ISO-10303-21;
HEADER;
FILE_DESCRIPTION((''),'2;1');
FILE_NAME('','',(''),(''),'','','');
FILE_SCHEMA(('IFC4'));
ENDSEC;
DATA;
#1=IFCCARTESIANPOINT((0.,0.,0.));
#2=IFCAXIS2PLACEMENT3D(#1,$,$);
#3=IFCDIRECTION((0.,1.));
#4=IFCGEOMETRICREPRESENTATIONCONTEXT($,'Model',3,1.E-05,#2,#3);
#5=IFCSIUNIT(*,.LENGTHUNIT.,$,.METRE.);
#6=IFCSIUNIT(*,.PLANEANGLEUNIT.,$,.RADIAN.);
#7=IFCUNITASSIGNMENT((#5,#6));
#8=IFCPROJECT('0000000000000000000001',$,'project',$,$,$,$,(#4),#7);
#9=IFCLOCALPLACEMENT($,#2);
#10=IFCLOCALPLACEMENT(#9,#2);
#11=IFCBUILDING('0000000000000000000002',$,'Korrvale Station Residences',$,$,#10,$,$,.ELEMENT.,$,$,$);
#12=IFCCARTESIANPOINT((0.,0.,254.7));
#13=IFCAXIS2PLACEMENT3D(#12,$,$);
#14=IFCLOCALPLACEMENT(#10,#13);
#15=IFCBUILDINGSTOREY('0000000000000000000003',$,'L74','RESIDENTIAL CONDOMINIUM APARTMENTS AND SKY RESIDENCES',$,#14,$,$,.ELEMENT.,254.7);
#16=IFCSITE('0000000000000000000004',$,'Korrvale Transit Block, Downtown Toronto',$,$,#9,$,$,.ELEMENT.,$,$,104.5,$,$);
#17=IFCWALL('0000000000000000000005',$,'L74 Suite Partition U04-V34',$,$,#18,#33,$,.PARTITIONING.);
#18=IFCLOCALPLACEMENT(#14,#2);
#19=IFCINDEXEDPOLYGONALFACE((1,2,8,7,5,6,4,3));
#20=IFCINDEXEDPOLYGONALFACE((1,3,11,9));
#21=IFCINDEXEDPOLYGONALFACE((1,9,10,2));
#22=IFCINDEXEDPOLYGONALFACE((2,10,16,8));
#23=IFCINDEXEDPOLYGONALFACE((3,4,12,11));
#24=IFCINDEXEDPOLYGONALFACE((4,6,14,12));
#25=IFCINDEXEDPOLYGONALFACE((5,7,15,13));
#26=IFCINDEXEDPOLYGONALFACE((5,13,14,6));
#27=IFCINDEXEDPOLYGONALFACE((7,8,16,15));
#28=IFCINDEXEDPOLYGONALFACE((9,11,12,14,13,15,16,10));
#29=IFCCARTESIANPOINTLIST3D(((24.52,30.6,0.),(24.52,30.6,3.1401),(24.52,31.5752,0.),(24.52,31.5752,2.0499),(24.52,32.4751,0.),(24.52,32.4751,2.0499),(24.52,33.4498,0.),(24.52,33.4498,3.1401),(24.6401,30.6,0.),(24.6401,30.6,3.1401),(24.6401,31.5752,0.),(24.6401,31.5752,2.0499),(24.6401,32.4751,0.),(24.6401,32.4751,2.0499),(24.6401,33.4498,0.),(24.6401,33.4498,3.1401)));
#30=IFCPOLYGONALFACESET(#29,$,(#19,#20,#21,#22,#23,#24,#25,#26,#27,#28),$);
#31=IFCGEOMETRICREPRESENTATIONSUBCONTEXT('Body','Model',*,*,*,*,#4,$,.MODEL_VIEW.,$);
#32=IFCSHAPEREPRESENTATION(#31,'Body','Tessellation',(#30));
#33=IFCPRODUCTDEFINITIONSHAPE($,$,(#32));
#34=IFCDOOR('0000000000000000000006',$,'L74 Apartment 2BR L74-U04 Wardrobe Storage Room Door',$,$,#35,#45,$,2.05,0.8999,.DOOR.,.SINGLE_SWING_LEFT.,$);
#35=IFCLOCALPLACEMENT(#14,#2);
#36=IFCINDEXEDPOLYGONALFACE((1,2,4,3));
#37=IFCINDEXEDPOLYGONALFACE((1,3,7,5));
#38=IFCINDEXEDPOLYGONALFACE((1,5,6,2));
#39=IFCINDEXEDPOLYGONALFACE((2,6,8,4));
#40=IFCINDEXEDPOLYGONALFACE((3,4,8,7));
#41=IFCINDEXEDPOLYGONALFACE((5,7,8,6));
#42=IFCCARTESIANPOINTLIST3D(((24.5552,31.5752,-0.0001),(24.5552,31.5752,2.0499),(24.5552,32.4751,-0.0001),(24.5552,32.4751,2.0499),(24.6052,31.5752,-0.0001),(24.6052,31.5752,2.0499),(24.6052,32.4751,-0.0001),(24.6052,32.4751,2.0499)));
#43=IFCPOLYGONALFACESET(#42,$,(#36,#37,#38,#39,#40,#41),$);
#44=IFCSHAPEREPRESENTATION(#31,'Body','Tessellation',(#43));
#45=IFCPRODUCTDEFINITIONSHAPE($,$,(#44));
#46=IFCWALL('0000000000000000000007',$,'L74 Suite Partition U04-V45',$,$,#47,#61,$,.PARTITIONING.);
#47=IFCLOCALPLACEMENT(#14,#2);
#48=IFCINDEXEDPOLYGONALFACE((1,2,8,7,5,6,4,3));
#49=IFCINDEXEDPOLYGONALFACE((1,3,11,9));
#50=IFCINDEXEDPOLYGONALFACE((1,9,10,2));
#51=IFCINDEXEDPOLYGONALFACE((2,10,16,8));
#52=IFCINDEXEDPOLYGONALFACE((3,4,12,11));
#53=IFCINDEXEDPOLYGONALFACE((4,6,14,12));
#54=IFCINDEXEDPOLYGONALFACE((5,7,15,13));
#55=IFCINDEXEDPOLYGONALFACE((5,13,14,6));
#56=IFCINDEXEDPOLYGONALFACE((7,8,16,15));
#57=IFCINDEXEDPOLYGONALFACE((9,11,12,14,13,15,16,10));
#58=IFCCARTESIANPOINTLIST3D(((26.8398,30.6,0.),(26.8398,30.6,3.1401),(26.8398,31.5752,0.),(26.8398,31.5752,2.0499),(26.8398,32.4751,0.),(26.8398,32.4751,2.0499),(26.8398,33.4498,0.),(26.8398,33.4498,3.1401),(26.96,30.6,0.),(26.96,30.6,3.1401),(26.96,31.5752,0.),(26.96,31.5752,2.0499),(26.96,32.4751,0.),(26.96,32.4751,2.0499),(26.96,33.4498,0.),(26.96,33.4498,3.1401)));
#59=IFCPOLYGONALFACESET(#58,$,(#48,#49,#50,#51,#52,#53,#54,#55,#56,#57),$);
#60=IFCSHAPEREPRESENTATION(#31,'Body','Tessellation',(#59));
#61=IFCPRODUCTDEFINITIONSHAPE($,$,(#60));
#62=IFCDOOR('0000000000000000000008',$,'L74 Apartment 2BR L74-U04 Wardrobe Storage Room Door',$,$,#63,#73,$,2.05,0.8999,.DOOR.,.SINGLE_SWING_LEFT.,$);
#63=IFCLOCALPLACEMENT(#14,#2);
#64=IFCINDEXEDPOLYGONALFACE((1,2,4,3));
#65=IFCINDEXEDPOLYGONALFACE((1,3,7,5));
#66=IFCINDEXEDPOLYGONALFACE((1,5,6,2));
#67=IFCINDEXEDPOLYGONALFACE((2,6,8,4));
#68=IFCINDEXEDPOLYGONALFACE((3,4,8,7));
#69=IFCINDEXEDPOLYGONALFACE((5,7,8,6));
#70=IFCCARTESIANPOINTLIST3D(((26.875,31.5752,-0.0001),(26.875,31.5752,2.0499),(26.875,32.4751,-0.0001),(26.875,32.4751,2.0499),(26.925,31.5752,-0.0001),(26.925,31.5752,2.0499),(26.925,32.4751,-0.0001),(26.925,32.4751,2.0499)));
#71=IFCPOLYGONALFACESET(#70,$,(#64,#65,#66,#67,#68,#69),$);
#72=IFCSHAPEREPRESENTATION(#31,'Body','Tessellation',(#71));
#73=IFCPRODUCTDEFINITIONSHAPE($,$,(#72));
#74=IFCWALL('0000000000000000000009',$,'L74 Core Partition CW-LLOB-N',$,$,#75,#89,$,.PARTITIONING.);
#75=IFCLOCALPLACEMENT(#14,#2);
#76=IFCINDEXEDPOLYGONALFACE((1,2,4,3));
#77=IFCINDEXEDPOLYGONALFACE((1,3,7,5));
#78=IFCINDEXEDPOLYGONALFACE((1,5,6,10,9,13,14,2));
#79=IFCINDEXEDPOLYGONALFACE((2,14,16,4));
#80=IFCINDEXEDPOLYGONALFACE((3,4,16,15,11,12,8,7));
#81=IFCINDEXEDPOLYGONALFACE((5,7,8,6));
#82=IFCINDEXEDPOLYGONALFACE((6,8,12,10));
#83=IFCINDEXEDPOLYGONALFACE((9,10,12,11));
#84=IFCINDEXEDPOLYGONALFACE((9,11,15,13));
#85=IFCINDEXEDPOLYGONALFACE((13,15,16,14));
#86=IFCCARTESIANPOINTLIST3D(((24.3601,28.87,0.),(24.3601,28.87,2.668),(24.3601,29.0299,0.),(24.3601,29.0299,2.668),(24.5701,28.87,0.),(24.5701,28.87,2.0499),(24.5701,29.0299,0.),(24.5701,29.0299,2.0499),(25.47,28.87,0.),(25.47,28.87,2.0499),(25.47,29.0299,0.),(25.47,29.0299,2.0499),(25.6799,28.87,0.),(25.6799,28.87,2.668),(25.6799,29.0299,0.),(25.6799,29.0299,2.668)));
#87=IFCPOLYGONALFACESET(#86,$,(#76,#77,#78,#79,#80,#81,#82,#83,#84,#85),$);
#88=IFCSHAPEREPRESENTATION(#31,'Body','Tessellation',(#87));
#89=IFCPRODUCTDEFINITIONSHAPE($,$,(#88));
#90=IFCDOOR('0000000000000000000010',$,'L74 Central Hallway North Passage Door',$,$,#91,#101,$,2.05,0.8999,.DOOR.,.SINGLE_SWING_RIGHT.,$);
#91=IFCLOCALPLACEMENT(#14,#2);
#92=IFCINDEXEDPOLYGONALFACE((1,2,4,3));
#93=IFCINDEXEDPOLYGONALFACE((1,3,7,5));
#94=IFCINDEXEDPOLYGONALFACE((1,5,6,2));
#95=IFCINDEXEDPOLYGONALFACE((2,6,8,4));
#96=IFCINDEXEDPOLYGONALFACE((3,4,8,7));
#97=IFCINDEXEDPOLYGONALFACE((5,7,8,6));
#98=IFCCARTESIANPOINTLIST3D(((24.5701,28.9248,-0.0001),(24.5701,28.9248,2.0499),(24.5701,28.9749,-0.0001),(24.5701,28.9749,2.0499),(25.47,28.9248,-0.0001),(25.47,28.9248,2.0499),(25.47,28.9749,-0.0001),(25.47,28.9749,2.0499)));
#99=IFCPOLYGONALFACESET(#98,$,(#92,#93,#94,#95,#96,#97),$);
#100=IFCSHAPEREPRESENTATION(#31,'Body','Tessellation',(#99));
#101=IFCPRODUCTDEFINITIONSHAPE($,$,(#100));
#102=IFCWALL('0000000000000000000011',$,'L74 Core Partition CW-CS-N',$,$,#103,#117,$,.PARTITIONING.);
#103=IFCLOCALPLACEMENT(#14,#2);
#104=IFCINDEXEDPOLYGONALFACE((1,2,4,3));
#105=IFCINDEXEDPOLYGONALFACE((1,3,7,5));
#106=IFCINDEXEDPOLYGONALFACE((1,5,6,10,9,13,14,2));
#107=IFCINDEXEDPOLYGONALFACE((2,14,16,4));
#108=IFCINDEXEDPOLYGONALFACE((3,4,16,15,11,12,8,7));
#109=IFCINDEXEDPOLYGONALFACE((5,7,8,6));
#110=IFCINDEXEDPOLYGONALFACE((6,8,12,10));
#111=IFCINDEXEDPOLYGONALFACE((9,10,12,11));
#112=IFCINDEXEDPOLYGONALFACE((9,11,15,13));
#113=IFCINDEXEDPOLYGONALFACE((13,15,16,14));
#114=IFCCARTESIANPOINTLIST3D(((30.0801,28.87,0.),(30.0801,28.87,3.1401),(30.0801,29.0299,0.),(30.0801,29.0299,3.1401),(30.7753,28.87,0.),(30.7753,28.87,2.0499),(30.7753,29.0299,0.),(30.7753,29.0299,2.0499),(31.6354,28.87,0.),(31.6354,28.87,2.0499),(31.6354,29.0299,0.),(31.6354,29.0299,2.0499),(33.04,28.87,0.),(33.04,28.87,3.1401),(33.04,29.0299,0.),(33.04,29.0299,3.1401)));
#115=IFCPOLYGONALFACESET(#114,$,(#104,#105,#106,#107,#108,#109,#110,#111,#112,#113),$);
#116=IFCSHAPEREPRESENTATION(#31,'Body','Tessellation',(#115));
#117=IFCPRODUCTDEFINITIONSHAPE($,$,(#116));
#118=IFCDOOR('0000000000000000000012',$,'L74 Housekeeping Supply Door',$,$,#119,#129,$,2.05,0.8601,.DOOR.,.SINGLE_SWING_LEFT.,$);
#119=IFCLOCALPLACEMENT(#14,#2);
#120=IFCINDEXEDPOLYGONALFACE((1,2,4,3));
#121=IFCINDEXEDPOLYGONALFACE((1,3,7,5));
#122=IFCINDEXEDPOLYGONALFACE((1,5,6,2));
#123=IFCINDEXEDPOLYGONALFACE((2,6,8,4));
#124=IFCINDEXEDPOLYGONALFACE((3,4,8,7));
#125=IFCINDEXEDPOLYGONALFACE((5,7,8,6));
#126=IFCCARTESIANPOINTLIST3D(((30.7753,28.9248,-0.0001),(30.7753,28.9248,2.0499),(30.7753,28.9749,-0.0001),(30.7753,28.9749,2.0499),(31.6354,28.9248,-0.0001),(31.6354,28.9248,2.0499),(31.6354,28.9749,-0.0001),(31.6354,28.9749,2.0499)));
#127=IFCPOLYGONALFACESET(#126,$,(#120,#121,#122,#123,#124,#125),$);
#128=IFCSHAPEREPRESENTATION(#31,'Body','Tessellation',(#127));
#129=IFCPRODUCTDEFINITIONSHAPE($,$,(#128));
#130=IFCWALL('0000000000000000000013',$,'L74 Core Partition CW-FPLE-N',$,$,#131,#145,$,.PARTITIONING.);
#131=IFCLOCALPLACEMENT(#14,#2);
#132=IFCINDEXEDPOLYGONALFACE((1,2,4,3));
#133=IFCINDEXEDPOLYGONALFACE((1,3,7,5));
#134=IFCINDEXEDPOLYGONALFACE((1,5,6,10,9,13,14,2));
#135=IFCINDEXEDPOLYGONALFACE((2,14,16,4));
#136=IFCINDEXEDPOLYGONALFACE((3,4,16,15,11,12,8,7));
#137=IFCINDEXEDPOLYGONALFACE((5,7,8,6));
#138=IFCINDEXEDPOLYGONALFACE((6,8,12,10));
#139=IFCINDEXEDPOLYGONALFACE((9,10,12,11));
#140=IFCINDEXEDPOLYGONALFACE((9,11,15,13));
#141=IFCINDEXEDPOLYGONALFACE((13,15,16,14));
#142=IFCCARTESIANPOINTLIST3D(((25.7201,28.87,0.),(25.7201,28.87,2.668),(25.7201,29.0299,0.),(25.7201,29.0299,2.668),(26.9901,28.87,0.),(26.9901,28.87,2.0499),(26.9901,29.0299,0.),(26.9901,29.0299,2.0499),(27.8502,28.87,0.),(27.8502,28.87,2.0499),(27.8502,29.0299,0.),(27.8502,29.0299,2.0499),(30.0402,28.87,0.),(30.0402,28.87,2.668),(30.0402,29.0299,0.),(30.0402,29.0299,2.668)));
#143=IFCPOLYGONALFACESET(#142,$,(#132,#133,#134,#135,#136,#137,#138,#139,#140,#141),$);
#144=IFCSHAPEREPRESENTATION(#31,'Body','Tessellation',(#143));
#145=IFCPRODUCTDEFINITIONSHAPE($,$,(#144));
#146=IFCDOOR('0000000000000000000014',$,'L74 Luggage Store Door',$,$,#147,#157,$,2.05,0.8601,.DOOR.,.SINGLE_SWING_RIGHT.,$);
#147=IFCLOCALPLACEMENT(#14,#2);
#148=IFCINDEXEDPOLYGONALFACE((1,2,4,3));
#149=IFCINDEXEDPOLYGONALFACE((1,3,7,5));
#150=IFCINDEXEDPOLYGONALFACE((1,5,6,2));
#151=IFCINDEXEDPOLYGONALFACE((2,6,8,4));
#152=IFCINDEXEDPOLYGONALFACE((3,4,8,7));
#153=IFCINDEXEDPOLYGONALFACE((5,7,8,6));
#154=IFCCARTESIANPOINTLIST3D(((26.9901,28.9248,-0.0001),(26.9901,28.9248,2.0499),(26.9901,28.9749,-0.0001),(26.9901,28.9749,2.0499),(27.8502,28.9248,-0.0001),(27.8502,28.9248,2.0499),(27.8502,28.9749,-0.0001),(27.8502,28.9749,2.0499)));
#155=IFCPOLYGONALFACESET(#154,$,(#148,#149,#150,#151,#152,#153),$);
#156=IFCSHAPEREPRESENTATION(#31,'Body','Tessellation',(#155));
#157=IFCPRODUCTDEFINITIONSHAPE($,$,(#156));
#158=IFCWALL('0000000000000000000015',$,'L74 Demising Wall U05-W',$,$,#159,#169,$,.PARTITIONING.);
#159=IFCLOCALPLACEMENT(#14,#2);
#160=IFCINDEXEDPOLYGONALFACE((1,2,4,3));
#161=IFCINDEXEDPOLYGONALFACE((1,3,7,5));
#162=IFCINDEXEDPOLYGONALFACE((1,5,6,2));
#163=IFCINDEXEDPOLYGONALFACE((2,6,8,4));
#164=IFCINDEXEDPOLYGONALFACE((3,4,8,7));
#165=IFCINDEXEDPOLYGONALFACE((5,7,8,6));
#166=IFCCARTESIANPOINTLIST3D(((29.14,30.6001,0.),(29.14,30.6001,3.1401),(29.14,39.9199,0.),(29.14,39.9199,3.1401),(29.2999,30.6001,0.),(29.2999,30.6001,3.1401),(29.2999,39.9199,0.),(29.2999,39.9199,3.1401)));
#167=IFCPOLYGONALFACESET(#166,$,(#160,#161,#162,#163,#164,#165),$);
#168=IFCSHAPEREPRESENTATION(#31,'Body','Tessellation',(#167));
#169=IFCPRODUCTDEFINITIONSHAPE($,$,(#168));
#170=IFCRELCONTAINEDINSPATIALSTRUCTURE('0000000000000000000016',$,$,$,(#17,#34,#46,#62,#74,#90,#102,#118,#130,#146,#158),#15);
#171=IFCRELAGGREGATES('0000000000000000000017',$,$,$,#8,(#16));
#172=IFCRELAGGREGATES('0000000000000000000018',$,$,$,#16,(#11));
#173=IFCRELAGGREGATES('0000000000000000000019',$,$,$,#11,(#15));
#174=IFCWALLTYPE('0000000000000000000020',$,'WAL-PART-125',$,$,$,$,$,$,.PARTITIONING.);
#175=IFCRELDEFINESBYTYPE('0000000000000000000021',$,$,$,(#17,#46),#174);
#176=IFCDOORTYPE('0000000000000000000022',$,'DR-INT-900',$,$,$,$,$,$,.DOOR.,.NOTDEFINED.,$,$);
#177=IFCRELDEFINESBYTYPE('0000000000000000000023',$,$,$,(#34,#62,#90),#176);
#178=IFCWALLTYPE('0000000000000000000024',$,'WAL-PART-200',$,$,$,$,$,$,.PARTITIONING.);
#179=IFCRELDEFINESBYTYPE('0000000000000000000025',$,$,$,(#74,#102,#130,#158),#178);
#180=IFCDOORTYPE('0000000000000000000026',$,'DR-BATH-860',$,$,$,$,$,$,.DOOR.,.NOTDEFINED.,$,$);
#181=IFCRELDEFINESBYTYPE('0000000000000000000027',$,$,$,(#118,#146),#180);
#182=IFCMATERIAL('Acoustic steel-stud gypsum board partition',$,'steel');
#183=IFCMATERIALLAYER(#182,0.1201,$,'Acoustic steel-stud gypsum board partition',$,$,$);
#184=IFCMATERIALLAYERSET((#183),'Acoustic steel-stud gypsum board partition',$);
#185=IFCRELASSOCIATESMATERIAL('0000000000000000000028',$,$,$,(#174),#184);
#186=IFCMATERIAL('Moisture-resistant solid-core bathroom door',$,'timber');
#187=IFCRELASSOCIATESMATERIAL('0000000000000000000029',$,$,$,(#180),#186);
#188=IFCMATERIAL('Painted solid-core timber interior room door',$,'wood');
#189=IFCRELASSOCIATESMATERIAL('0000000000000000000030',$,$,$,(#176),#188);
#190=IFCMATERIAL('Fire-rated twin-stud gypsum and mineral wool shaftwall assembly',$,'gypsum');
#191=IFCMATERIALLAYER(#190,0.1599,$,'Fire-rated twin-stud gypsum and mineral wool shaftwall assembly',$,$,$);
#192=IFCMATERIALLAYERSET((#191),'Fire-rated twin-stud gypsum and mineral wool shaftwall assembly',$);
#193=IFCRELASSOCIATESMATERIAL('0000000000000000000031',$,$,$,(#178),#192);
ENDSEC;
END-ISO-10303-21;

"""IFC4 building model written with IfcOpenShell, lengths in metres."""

from ifc_helpers import new_model, si_unit, direction, frame, frame_2d, origin, place, context, subcontext, project, spatial, rectangle, extrude, material, layer, layer_set, type_object, element, fill, save


model = new_model("IFC4")

# Units and contexts
model_context = context("Model", 3, precision=1e-05, world=origin(), true_north=direction((0.0, 1.0)))
body_context = subcontext(model_context, "Body", "Model", "MODEL_VIEW")
ifc_project = project(units=[si_unit("LENGTHUNIT", "METRE"), si_unit("PLANEANGLEUNIT", "RADIAN")], contexts=[model_context])

# Site, building, storey
site_placement = place(None, origin())
site = spatial("IfcSite", under=ifc_project, at=site_placement, Name="Korrvale Transit Block, Downtown Toronto", CompositionType="ELEMENT", RefElevation=104.5)
building_placement = place(site_placement, origin())
building = spatial("IfcBuilding", under=site, at=building_placement, Name="Korrvale Station Residences", CompositionType="ELEMENT")
storey_placement = place(building_placement, frame((0.0, 0.0, 254.7)))
storey = spatial("IfcBuildingStorey", under=building, at=storey_placement, Name="L74", Description="RESIDENTIAL CONDOMINIUM APARTMENTS AND SKY RESIDENCES", CompositionType="ELEMENT", Elevation=254.7)

# Shared definitions
ifc_material_1 = material(Name="Acoustic steel-stud gypsum board partition", Category="steel")
ifc_layer_1 = layer(ifc_material_1, 0.1201, Name="Acoustic steel-stud gypsum board partition")
ifc_layer_set_1 = layer_set([ifc_layer_1], Name="Acoustic steel-stud gypsum board partition")
wall_type_1 = type_object("IfcWallType", Name="WAL-PART-125", PredefinedType="PARTITIONING", material=ifc_layer_set_1)

# Shared definitions
ifc_material_2 = material(Name="Moisture-resistant solid-core bathroom door", Category="timber")
door_type_1 = type_object("IfcDoorType", Name="DR-BATH-860", OperationType="NOTDEFINED", PredefinedType="DOOR", material=ifc_material_2)

# Walls, openings, doors
ifc_material_3 = material(Name="Painted solid-core timber interior room door", Category="wood")
door_type_2 = type_object("IfcDoorType", Name="DR-INT-900", OperationType="NOTDEFINED", PredefinedType="DOOR", material=ifc_material_3)
wall_1_placement = place(storey_placement, frame((24.5801, 30.6001, 0.0), z_axis=(0.0, 0.0, 1.0), x_axis=(0.0, 1.0, 0.0)))
wall_1 = element("IfcWall", 1, at=wall_1_placement, inside=storey, type_object=wall_type_1, Name="L74 Suite Partition U04-V34", PredefinedType="PARTITIONING", context=body_context, shape_type="SweptSolid", body=[
    extrude(rectangle(XDim=2.8499, YDim=0.1201, at=frame_2d((1.4248, 0.0))), origin(), (0.0, 0.0, 1.0), 3.1401),
])
opening_1_placement = place(wall_1_placement, frame((0.9751, 0.0, 0.0)))
opening_1 = element("IfcOpeningElement", 2, at=opening_1_placement, cuts=wall_1, PredefinedType="OPENING", context=body_context, shape_type="SweptSolid", body=[
    extrude(rectangle(XDim=0.8999, YDim=2.05, at=frame_2d((0.45, 1.0249))), frame((0.0, 0.0701, 0.0), z_axis=(0.0, -1.0, 0.0), x_axis=(1.0, 0.0, 0.0)), (0.0, 0.0, 1.0), 0.1401),
])
door_1_placement = place(opening_1_placement, origin())
door_1 = element("IfcDoor", 3, at=door_1_placement, inside=storey, type_object=door_type_2, Name="L74 Apartment 2BR L74-U04 Wardrobe Storage Room Door", OperationType="SINGLE_SWING_LEFT", OverallHeight=2.05, OverallWidth=0.8999, PredefinedType="DOOR", context=body_context, shape_type="SweptSolid", body=[
    extrude(rectangle(XDim=0.8999, YDim=2.05, at=frame_2d((0.45, 1.0249))), frame((0.0, 0.0249, 0.0), z_axis=(0.0, -1.0, 0.0), x_axis=(1.0, 0.0, 0.0)), (0.0, 0.0, 1.0), 0.05),
])
fill(opening_1, door_1)
wall_2_placement = place(storey_placement, frame((26.8999, 30.6001, 0.0), z_axis=(0.0, 0.0, 1.0), x_axis=(0.0, 1.0, 0.0)))
wall_2 = element("IfcWall", 4, at=wall_2_placement, inside=storey, type_object=wall_type_1, Name="L74 Suite Partition U04-V45", PredefinedType="PARTITIONING", context=body_context, shape_type="SweptSolid", body=[
    extrude(rectangle(XDim=2.8499, YDim=0.1201, at=frame_2d((1.4248, 0.0))), origin(), (0.0, 0.0, 1.0), 3.1401),
])
opening_2_placement = place(wall_2_placement, frame((0.9751, 0.0, 0.0)))
opening_2 = element("IfcOpeningElement", 5, at=opening_2_placement, cuts=wall_2, PredefinedType="OPENING", context=body_context, shape_type="SweptSolid", body=[
    extrude(rectangle(XDim=0.8999, YDim=2.05, at=frame_2d((0.45, 1.0249))), frame((0.0, 0.0701, 0.0), z_axis=(0.0, -1.0, 0.0), x_axis=(1.0, 0.0, 0.0)), (0.0, 0.0, 1.0), 0.1401),
])
door_2_placement = place(opening_2_placement, origin())
door_2 = element("IfcDoor", 6, at=door_2_placement, inside=storey, type_object=door_type_2, Name="L74 Apartment 2BR L74-U04 Wardrobe Storage Room Door", OperationType="SINGLE_SWING_LEFT", OverallHeight=2.05, OverallWidth=0.8999, PredefinedType="DOOR", context=body_context, shape_type="SweptSolid", body=[
    extrude(rectangle(XDim=0.8999, YDim=2.05, at=frame_2d((0.45, 1.0249))), frame((0.0, 0.0249, 0.0), z_axis=(0.0, -1.0, 0.0), x_axis=(1.0, 0.0, 0.0)), (0.0, 0.0, 1.0), 0.05),
])
fill(opening_2, door_2)
ifc_material_4 = material(Name="Fire-rated twin-stud gypsum and mineral wool shaftwall assembly", Category="gypsum")
ifc_layer_2 = layer(ifc_material_4, 0.1599, Name="Fire-rated twin-stud gypsum and mineral wool shaftwall assembly")
ifc_layer_set_2 = layer_set([ifc_layer_2], Name="Fire-rated twin-stud gypsum and mineral wool shaftwall assembly")
wall_type_2 = type_object("IfcWallType", Name="WAL-PART-200", PredefinedType="PARTITIONING", material=ifc_layer_set_2)
wall_3_placement = place(storey_placement, frame((24.3601, 28.95, 0.0), z_axis=(0.0, 0.0, 1.0), x_axis=(1.0, 0.0, 0.0)))
wall_3 = element("IfcWall", 7, at=wall_3_placement, inside=storey, type_object=wall_type_2, Name="L74 Core Partition CW-LLOB-N", PredefinedType="PARTITIONING", context=body_context, shape_type="SweptSolid", body=[
    extrude(rectangle(XDim=1.3198, YDim=0.1599, at=frame_2d((0.6599, 0.0))), origin(), (0.0, 0.0, 1.0), 2.668),
])
opening_3_placement = place(wall_3_placement, frame((0.21, 0.0, 0.0)))
opening_3 = element("IfcOpeningElement", 8, at=opening_3_placement, cuts=wall_3, PredefinedType="OPENING", context=body_context, shape_type="SweptSolid", body=[
    extrude(rectangle(XDim=0.8999, YDim=2.05, at=frame_2d((0.45, 1.0249))), frame((0.0, 0.0898, 0.0), z_axis=(0.0, -1.0, 0.0), x_axis=(1.0, 0.0, 0.0)), (0.0, 0.0, 1.0), 0.1799),
])
door_3_placement = place(opening_3_placement, origin())
door_3 = element("IfcDoor", 9, at=door_3_placement, inside=storey, type_object=door_type_2, Name="L74 Central Hallway North Passage Door", OperationType="SINGLE_SWING_RIGHT", OverallHeight=2.05, OverallWidth=0.8999, PredefinedType="DOOR", context=body_context, shape_type="SweptSolid", body=[
    extrude(rectangle(XDim=0.8999, YDim=2.05, at=frame_2d((0.45, 1.0249))), frame((0.0, 0.0249, 0.0), z_axis=(0.0, -1.0, 0.0), x_axis=(1.0, 0.0, 0.0)), (0.0, 0.0, 1.0), 0.05),
])
fill(opening_3, door_3)
wall_4_placement = place(storey_placement, frame((30.0801, 28.95, 0.0), z_axis=(0.0, 0.0, 1.0), x_axis=(1.0, 0.0, 0.0)))
wall_4 = element("IfcWall", 10, at=wall_4_placement, inside=storey, type_object=wall_type_2, Name="L74 Core Partition CW-CS-N", PredefinedType="PARTITIONING", context=body_context, shape_type="SweptSolid", body=[
    extrude(rectangle(XDim=2.96, YDim=0.1599, at=frame_2d((1.48, 0.0))), origin(), (0.0, 0.0, 1.0), 3.1401),
])
opening_4_placement = place(wall_4_placement, frame((0.6951, 0.0, 0.0)))
opening_4 = element("IfcOpeningElement", 11, at=opening_4_placement, cuts=wall_4, PredefinedType="OPENING", context=body_context, shape_type="SweptSolid", body=[
    extrude(rectangle(XDim=0.8601, YDim=2.05, at=frame_2d((0.4302, 1.0249))), frame((0.0, 0.0898, 0.0), z_axis=(0.0, -1.0, 0.0), x_axis=(1.0, 0.0, 0.0)), (0.0, 0.0, 1.0), 0.1799),
])
door_4_placement = place(opening_4_placement, origin())
door_4 = element("IfcDoor", 12, at=door_4_placement, inside=storey, type_object=door_type_1, Name="L74 Housekeeping Supply Door", OperationType="SINGLE_SWING_LEFT", OverallHeight=2.05, OverallWidth=0.8601, PredefinedType="DOOR", context=body_context, shape_type="SweptSolid", body=[
    extrude(rectangle(XDim=0.8601, YDim=2.05, at=frame_2d((0.4302, 1.0249))), frame((0.0, 0.0249, 0.0), z_axis=(0.0, -1.0, 0.0), x_axis=(1.0, 0.0, 0.0)), (0.0, 0.0, 1.0), 0.05),
])
fill(opening_4, door_4)
wall_5_placement = place(storey_placement, frame((25.72, 28.95, 0.0), z_axis=(0.0, 0.0, 1.0), x_axis=(1.0, 0.0, 0.0)))
wall_5 = element("IfcWall", 13, at=wall_5_placement, inside=storey, type_object=wall_type_2, Name="L74 Core Partition CW-FPLE-N", PredefinedType="PARTITIONING", context=body_context, shape_type="SweptSolid", body=[
    extrude(rectangle(XDim=4.3201, YDim=0.1599, at=frame_2d((2.1602, 0.0))), origin(), (0.0, 0.0, 1.0), 2.668),
])
opening_5_placement = place(wall_5_placement, frame((1.27, 0.0, 0.0)))
opening_5 = element("IfcOpeningElement", 14, at=opening_5_placement, cuts=wall_5, PredefinedType="OPENING", context=body_context, shape_type="SweptSolid", body=[
    extrude(rectangle(XDim=0.8601, YDim=2.05, at=frame_2d((0.4302, 1.0249))), frame((0.0, 0.0898, 0.0), z_axis=(0.0, -1.0, 0.0), x_axis=(1.0, 0.0, 0.0)), (0.0, 0.0, 1.0), 0.1799),
])
door_5_placement = place(opening_5_placement, origin())
door_5 = element("IfcDoor", 15, at=door_5_placement, inside=storey, type_object=door_type_1, Name="L74 Luggage Store Door", OperationType="SINGLE_SWING_RIGHT", OverallHeight=2.05, OverallWidth=0.8601, PredefinedType="DOOR", context=body_context, shape_type="SweptSolid", body=[
    extrude(rectangle(XDim=0.8601, YDim=2.05, at=frame_2d((0.4302, 1.0249))), frame((0.0, 0.0249, 0.0), z_axis=(0.0, -1.0, 0.0), x_axis=(1.0, 0.0, 0.0)), (0.0, 0.0, 1.0), 0.05),
])
fill(opening_5, door_5)

# Wall
wall_6_placement = place(storey_placement, frame((29.22, 30.6001, 0.0), z_axis=(0.0, 0.0, 1.0), x_axis=(0.0, 1.0, 0.0)))
element("IfcWall", 16, at=wall_6_placement, inside=storey, type_object=wall_type_2, Name="L74 Demising Wall U05-W", PredefinedType="PARTITIONING", context=body_context, shape_type="SweptSolid", body=[
    extrude(rectangle(XDim=9.3198, YDim=0.1599, at=frame_2d((4.6599, 0.0))), origin(), (0.0, 0.0, 1.0), 3.1401),
])

save(model, "model.ifc")
